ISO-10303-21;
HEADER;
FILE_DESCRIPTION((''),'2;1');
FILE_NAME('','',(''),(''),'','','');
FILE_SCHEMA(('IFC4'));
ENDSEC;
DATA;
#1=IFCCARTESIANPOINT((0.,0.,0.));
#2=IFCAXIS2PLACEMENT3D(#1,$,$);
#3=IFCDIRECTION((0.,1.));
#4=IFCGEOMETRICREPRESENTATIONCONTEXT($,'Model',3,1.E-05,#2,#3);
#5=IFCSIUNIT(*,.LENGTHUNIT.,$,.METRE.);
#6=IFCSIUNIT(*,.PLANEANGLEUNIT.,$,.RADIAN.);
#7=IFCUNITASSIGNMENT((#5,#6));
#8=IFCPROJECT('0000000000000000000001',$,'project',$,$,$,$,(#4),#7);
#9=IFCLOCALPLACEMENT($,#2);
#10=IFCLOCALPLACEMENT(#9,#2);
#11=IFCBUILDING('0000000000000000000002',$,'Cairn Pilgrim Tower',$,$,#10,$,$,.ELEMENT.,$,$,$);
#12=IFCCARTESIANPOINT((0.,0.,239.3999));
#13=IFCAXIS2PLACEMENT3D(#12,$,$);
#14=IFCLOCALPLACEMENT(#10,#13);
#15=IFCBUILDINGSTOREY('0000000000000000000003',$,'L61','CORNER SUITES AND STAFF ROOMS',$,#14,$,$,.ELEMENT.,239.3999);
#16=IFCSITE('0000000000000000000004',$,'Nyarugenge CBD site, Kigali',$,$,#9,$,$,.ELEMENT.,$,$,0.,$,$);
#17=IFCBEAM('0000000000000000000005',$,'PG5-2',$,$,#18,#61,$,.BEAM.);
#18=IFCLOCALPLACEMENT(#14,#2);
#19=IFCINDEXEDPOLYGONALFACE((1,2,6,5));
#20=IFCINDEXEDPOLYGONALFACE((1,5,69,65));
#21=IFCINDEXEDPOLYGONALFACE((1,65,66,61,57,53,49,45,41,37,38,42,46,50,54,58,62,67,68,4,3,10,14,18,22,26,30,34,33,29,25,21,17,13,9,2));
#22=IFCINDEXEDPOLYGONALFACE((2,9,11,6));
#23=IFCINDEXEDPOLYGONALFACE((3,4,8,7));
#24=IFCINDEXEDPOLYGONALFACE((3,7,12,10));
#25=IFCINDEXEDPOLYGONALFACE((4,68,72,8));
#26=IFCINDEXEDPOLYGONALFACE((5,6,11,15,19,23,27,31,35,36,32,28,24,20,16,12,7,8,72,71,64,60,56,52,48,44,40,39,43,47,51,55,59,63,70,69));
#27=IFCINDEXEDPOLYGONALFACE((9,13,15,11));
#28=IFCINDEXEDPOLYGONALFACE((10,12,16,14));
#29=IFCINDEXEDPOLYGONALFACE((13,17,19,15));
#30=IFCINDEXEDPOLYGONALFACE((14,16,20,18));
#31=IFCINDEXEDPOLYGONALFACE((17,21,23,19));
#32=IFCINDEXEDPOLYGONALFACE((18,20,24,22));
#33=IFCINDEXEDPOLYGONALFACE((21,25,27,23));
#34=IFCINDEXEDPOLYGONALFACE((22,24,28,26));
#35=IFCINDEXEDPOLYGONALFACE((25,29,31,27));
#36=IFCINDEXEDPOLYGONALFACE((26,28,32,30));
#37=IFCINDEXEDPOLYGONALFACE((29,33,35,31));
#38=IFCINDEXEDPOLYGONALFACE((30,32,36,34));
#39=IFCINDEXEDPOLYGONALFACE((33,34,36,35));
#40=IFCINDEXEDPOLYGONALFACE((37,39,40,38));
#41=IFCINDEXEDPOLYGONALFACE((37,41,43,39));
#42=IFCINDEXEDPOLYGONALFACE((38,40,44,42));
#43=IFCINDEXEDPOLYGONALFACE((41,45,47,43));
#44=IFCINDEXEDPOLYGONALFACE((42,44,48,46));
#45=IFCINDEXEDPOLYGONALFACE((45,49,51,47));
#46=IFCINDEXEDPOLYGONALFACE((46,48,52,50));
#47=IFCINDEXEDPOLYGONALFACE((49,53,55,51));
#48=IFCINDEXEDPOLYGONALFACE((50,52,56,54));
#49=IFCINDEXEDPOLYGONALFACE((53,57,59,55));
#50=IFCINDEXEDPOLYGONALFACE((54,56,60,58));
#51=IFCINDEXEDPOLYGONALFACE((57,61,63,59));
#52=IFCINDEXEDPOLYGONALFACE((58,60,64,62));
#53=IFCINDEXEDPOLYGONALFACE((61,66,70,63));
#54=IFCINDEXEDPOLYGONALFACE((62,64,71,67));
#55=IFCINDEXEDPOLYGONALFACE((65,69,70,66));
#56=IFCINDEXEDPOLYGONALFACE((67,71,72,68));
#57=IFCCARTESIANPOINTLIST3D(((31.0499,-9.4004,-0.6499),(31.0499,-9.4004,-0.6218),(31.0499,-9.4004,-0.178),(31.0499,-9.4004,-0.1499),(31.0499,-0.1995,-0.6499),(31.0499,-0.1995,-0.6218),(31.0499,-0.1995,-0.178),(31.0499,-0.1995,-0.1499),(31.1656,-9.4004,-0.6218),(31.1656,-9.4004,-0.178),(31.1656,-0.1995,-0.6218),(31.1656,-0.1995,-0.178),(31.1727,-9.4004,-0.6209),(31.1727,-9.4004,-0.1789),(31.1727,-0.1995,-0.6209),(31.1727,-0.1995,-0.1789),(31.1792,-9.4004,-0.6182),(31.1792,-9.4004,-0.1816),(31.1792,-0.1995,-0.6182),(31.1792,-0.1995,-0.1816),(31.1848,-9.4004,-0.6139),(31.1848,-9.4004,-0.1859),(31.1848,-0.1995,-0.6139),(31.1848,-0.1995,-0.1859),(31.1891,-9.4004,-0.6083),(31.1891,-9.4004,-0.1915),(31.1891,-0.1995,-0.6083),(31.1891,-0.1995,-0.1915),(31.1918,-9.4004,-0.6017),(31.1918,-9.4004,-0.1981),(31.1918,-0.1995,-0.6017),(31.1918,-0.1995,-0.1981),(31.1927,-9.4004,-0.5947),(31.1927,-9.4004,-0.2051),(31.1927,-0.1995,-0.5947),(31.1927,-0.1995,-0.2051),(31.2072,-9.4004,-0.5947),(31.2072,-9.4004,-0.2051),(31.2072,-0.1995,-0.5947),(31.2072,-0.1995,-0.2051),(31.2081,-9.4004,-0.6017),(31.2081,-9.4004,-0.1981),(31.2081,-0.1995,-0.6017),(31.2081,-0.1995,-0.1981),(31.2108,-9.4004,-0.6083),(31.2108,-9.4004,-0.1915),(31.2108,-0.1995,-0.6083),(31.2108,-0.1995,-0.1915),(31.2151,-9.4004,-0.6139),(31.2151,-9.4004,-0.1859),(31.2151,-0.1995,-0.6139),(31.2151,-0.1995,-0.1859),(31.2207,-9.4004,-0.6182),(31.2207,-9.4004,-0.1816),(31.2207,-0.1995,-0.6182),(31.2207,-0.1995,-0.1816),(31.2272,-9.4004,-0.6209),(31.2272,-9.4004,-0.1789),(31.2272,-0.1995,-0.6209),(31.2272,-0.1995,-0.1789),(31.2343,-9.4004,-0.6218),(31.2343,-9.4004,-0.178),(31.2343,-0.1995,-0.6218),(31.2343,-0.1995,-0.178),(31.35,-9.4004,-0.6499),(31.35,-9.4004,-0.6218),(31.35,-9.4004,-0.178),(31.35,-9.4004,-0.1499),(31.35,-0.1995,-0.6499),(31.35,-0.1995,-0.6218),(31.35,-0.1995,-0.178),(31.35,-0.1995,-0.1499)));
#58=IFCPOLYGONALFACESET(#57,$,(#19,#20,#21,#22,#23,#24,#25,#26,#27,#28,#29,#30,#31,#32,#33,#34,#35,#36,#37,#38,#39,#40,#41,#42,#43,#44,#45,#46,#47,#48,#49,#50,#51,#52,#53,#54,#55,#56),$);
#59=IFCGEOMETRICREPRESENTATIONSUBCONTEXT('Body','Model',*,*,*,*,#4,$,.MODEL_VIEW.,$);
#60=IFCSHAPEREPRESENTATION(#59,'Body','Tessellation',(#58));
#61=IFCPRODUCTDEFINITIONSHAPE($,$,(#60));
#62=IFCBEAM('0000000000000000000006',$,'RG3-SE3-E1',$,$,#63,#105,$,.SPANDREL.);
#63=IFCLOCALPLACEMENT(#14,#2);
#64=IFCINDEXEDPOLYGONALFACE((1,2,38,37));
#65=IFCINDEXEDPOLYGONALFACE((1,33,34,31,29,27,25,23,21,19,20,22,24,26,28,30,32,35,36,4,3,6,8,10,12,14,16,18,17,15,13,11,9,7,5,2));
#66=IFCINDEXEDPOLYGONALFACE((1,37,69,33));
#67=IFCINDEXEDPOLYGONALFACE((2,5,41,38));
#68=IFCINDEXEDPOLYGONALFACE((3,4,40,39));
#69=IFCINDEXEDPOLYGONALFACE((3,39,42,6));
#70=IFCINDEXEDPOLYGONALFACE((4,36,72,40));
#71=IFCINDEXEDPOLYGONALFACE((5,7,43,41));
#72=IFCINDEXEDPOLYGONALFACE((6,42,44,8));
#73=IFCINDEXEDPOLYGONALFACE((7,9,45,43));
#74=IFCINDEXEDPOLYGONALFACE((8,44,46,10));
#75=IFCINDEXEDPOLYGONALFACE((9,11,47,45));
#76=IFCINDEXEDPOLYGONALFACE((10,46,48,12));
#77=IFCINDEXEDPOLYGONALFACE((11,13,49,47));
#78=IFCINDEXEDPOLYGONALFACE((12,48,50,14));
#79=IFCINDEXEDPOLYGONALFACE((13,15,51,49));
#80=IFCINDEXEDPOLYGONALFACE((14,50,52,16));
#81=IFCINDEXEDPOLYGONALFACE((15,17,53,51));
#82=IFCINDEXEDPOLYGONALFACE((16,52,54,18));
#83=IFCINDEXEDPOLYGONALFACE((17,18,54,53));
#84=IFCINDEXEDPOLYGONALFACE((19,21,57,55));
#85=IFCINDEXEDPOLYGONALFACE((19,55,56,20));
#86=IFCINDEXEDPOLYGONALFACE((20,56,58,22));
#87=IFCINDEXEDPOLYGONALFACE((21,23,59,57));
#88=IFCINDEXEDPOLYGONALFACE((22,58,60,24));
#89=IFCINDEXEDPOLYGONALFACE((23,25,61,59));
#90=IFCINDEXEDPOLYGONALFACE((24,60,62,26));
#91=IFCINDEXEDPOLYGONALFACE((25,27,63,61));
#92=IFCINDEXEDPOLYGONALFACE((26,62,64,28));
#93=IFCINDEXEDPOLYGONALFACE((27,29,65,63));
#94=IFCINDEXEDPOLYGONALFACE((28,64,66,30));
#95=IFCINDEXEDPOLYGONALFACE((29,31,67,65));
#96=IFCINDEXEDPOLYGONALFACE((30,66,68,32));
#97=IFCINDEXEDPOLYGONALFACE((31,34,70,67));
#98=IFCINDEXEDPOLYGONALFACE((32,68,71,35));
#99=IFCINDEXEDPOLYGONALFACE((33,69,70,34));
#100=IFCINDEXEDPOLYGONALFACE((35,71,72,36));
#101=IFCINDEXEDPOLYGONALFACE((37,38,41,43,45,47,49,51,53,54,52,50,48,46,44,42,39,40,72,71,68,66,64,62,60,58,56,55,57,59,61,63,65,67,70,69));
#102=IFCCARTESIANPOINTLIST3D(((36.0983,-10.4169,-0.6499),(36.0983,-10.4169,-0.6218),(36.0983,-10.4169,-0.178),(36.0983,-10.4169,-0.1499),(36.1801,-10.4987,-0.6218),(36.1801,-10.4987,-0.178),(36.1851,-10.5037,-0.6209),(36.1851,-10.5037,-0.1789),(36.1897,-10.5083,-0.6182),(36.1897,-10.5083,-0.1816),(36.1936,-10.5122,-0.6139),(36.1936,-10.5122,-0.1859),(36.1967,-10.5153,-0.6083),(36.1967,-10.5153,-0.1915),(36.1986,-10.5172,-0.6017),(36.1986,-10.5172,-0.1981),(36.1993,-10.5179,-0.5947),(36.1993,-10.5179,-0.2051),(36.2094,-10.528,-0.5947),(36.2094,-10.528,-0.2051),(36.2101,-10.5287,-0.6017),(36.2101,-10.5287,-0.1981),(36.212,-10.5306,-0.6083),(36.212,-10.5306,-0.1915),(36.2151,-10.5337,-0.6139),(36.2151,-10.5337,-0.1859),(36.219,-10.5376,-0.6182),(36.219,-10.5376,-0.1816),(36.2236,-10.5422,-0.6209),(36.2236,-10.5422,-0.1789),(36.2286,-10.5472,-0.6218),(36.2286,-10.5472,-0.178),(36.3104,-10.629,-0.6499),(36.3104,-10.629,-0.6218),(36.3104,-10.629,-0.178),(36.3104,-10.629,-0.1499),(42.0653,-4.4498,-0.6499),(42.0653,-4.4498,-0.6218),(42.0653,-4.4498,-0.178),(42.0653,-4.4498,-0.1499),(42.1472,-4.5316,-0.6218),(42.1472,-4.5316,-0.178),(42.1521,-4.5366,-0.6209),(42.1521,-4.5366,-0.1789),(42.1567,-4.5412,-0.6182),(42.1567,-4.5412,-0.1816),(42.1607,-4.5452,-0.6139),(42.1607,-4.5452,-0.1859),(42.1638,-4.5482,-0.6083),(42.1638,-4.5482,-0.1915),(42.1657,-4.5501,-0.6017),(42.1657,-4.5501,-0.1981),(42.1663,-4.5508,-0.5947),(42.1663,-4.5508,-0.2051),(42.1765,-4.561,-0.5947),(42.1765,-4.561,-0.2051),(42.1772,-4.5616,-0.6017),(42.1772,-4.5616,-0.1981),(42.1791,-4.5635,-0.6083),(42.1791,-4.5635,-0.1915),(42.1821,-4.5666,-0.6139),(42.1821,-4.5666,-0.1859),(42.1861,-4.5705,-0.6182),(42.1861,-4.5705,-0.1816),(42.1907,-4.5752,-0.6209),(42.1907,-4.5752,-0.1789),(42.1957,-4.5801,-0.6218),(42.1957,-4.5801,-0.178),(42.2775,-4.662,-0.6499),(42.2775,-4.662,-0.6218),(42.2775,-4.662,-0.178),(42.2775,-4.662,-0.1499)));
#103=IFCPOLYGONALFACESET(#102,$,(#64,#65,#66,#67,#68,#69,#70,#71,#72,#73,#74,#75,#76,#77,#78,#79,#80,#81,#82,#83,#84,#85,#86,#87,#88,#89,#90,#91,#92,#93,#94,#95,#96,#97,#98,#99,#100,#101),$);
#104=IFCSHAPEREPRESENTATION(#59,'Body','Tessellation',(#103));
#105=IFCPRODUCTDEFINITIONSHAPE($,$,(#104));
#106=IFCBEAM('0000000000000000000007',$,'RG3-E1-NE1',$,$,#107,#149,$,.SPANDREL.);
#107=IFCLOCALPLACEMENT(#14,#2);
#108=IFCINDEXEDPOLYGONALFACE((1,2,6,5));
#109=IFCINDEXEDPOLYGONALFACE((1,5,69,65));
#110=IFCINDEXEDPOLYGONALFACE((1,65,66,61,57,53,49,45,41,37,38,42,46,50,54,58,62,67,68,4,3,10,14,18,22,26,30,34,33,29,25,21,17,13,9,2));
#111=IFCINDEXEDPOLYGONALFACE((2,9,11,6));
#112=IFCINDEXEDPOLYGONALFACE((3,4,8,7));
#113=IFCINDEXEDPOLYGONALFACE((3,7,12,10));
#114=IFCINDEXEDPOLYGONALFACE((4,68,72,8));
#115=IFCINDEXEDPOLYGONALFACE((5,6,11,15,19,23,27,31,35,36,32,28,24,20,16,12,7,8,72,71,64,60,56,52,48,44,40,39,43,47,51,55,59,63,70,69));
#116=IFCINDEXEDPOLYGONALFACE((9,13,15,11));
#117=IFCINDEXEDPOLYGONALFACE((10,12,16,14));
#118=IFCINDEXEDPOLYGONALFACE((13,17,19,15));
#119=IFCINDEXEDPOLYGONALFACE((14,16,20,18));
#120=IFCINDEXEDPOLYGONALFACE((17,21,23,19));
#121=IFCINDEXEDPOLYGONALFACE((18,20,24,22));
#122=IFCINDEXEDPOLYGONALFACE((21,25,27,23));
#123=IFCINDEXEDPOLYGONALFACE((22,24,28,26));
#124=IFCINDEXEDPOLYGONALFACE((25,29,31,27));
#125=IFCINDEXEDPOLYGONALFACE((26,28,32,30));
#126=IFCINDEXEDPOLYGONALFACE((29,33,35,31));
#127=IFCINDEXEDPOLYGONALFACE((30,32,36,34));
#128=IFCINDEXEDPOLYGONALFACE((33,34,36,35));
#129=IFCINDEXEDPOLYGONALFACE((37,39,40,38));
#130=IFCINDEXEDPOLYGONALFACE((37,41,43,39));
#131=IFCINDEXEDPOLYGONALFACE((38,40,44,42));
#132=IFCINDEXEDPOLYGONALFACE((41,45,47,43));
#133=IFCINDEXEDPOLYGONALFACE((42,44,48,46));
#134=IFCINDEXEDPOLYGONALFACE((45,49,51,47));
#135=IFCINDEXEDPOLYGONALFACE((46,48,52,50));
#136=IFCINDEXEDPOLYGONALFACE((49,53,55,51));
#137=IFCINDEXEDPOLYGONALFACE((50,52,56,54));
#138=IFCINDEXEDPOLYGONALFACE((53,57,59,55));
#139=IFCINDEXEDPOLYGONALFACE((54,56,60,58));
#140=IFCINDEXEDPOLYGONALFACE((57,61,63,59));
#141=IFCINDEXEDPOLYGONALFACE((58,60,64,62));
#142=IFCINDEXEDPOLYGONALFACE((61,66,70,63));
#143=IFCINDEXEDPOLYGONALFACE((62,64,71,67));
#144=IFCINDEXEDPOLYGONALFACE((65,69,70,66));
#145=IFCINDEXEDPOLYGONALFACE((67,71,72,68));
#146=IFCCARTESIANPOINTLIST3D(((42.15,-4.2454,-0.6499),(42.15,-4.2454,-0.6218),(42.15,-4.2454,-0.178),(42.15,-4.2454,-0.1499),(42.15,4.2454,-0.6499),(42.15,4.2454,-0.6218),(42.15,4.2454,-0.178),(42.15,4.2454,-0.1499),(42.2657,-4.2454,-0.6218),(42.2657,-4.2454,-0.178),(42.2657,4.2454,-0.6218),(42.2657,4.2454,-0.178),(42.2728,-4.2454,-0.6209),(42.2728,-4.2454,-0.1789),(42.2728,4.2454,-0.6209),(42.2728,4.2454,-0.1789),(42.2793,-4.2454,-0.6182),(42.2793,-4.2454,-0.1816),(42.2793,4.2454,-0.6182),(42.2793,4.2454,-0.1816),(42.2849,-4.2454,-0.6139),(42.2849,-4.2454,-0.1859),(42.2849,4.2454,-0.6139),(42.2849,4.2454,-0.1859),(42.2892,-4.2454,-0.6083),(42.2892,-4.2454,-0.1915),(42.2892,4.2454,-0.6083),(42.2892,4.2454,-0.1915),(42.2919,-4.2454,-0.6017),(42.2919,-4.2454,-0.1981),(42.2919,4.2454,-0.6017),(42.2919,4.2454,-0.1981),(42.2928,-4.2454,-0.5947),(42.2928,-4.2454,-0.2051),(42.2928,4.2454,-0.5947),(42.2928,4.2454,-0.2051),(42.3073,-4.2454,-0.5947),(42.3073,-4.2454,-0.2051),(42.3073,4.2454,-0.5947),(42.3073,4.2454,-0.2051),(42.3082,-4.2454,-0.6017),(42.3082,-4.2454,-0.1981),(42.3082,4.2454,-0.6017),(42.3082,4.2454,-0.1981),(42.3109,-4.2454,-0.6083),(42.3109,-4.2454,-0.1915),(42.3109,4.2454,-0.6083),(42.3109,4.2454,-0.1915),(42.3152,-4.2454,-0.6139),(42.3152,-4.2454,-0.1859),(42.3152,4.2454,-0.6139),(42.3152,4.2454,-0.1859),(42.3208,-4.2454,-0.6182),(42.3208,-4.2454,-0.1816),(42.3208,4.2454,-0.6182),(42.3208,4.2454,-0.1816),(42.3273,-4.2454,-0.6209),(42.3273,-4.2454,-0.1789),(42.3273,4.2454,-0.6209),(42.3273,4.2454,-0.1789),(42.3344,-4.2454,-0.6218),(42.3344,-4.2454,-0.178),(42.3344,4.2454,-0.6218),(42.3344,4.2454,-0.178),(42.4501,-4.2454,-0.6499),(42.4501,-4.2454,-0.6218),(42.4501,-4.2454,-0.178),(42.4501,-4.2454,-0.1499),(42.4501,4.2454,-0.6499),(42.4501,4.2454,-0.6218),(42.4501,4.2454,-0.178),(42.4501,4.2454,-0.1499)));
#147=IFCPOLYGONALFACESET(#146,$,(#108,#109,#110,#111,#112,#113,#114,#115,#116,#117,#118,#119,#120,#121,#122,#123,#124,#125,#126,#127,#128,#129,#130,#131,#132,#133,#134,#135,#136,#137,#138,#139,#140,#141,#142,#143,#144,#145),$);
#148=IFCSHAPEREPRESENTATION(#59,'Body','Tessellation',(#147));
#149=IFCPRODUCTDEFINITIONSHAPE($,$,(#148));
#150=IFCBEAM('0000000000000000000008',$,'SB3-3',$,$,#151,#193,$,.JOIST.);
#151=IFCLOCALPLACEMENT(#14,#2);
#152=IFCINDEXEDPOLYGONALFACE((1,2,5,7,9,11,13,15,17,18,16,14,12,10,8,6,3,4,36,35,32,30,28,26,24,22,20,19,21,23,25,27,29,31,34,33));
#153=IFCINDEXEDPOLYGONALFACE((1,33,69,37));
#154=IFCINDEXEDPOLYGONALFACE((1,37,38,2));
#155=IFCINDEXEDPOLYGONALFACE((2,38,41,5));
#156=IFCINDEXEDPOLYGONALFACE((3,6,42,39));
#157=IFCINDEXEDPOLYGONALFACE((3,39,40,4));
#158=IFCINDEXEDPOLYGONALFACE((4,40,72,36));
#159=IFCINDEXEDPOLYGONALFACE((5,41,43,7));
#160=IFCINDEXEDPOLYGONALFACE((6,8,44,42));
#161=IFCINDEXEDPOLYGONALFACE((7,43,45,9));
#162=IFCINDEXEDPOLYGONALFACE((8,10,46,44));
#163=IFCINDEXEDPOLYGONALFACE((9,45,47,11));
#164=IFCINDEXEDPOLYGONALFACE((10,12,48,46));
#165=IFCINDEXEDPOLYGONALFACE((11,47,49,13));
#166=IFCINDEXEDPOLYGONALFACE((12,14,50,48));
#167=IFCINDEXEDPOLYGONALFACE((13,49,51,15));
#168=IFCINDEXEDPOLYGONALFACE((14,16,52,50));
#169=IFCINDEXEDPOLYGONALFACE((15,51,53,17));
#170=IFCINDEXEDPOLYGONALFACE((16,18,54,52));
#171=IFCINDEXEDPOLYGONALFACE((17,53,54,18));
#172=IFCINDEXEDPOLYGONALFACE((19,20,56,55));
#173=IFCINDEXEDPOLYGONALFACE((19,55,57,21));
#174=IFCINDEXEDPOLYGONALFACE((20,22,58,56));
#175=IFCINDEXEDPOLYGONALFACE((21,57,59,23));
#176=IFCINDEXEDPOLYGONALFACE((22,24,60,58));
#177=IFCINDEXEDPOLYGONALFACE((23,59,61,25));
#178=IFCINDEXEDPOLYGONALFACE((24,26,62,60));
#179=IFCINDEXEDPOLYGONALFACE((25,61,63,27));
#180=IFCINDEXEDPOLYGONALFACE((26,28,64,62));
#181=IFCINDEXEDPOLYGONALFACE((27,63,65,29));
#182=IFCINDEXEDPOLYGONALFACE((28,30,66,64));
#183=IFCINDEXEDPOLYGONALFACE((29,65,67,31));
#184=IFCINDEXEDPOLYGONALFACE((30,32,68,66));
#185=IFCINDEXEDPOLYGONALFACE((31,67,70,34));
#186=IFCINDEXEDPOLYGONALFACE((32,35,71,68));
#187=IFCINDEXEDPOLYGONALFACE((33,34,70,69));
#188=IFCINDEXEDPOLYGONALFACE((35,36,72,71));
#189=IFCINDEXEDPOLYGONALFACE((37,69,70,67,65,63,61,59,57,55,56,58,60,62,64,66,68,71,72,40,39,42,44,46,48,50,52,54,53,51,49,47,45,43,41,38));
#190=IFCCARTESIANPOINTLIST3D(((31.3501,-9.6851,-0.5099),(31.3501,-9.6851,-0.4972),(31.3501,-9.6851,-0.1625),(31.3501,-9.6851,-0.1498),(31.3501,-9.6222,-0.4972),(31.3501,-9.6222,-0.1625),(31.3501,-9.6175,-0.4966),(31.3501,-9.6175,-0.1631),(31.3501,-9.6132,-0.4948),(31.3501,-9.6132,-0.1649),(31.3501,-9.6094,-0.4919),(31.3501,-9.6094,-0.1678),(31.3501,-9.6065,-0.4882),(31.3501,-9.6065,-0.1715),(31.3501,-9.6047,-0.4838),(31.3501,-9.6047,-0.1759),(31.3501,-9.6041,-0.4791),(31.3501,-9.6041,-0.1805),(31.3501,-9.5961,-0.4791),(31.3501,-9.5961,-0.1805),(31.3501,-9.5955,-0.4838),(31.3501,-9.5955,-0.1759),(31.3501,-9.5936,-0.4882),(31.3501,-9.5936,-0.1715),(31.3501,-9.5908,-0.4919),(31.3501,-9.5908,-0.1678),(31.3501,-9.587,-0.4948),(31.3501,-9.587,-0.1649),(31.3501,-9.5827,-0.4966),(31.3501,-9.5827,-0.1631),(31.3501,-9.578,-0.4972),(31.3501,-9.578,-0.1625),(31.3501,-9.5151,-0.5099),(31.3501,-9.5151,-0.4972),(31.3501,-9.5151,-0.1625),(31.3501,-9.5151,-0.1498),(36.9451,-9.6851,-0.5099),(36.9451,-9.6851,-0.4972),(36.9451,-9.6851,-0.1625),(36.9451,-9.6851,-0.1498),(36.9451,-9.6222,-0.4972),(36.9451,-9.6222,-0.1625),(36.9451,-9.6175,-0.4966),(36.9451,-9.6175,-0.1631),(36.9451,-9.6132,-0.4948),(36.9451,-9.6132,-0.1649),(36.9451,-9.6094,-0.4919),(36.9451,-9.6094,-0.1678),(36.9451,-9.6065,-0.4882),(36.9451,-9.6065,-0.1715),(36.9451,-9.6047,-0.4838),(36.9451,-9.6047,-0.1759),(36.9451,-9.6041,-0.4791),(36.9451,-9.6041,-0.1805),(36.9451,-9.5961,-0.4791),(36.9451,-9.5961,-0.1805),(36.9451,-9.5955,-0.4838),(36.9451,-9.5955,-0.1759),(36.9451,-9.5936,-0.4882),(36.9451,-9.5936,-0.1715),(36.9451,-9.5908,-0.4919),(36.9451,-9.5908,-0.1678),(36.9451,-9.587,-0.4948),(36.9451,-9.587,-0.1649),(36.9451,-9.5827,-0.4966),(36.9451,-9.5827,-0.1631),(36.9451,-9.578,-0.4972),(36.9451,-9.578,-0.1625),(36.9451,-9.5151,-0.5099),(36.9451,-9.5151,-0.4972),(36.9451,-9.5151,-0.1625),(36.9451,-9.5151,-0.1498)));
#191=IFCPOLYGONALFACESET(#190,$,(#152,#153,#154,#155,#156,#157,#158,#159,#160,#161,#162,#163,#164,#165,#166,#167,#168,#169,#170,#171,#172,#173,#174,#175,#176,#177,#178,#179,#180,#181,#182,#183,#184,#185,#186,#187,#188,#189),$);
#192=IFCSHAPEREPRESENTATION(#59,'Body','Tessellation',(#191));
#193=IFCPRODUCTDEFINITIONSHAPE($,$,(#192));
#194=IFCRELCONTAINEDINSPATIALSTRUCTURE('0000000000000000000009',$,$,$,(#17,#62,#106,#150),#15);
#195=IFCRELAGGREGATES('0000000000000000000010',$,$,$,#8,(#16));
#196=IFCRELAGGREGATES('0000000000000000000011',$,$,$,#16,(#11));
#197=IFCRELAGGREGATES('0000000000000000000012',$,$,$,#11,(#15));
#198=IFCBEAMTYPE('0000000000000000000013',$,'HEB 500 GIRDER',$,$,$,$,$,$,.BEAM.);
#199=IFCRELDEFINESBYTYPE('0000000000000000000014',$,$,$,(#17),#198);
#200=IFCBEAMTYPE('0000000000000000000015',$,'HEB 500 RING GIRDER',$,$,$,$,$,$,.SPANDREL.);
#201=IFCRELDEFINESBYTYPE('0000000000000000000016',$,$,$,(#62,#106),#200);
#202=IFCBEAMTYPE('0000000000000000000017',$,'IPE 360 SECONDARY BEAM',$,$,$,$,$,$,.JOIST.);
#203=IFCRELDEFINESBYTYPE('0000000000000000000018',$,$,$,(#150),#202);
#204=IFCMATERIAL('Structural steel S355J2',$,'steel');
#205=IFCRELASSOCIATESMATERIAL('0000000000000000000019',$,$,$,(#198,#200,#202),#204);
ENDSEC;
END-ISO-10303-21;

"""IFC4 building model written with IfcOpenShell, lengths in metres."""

from ifc_helpers import new_model, si_unit, direction, frame, origin, origin_2d, place, context, subcontext, project, spatial, i_section, extrude, material, material_profile, profile_set, type_object, element, save


model = new_model("IFC4")

# Units and contexts
model_context = context("Model", 3, precision=1e-05, world=origin(), true_north=direction((0.0, 1.0)))
body_context = subcontext(model_context, "Body", "Model", "MODEL_VIEW")
ifc_project = project(units=[si_unit("LENGTHUNIT", "METRE"), si_unit("PLANEANGLEUNIT", "RADIAN")], contexts=[model_context])

# Site, building, storey
site_placement = place(None, origin())
site = spatial("IfcSite", under=ifc_project, at=site_placement, Name="Nyarugenge CBD site, Kigali", CompositionType="ELEMENT", RefElevation=0.0)
building_placement = place(site_placement, origin())
building = spatial("IfcBuilding", under=site, at=building_placement, Name="Cairn Pilgrim Tower", CompositionType="ELEMENT")
storey_placement = place(building_placement, frame((0.0, 0.0, 239.3999)))
storey = spatial("IfcBuildingStorey", under=building, at=storey_placement, Name="L61", Description="CORNER SUITES AND STAFF ROOMS", CompositionType="ELEMENT", Elevation=239.3999)

# Shared definitions
ifc_material_1 = material(Name="Structural steel S355J2", Category="steel")

# Beams
ifc_material_profile_1 = material_profile(ifc_material_1, i_section(OverallWidth=0.3, OverallDepth=0.5, WebThickness=0.0144, FlangeThickness=0.0281, FilletRadius=0.0271, at=origin_2d()), Name="HEB 500")
ifc_profile_set_1 = profile_set([ifc_material_profile_1], Name="Structural steel S355J2")
beam_type_1 = type_object("IfcBeamType", Name="HEB 500 GIRDER", PredefinedType="BEAM", material=ifc_profile_set_1)
beam_1_placement = place(storey_placement, frame((31.2, -9.4004, -0.3999), z_axis=(0.0, 1.0, 0.0), x_axis=(-1.0, 0.0, 0.0)))
element("IfcBeam", 1, at=beam_1_placement, inside=storey, type_object=beam_type_1, Name="PG5-2", PredefinedType="BEAM", context=body_context, shape_type="SweptSolid", body=[
    extrude(i_section(OverallWidth=0.3, OverallDepth=0.5, WebThickness=0.0144, FlangeThickness=0.0281, FilletRadius=0.0271, at=origin_2d()), origin(), (0.0, 0.0, 1.0), 9.2009),
])
ifc_material_profile_2 = material_profile(ifc_material_1, i_section(OverallWidth=0.3, OverallDepth=0.5, WebThickness=0.0144, FlangeThickness=0.0281, FilletRadius=0.0271, at=origin_2d()), Name="HEB 500")
ifc_profile_set_2 = profile_set([ifc_material_profile_2], Name="Structural steel S355J2")
beam_type_2 = type_object("IfcBeamType", Name="HEB 500 RING GIRDER", PredefinedType="SPANDREL", material=ifc_profile_set_2)
beam_2_placement = place(storey_placement, frame((36.2043, -10.5229, -0.3999), z_axis=(0.707107, 0.707107, 0.0), x_axis=(-0.707107, 0.707107, 0.0)))
element("IfcBeam", 2, at=beam_2_placement, inside=storey, type_object=beam_type_2, Name="RG3-SE3-E1", PredefinedType="SPANDREL", context=body_context, shape_type="SweptSolid", body=[
    extrude(i_section(OverallWidth=0.3, OverallDepth=0.5, WebThickness=0.0144, FlangeThickness=0.0281, FilletRadius=0.0271, at=origin_2d()), origin(), (0.0, 0.0, 1.0), 8.4387),
])
beam_3_placement = place(storey_placement, frame((42.3, -4.2454, -0.3999), z_axis=(0.0, 1.0, 0.0), x_axis=(-1.0, 0.0, 0.0)))
element("IfcBeam", 3, at=beam_3_placement, inside=storey, type_object=beam_type_2, Name="RG3-E1-NE1", PredefinedType="SPANDREL", context=body_context, shape_type="SweptSolid", body=[
    extrude(i_section(OverallWidth=0.3, OverallDepth=0.5, WebThickness=0.0144, FlangeThickness=0.0281, FilletRadius=0.0271, at=origin_2d()), origin(), (0.0, 0.0, 1.0), 8.4907),
])
ifc_material_profile_3 = material_profile(ifc_material_1, i_section(OverallWidth=0.1699, OverallDepth=0.3601, WebThickness=0.0081, FlangeThickness=0.0127, FilletRadius=0.0181, at=origin_2d()), Name="IPE 360")
ifc_profile_set_3 = profile_set([ifc_material_profile_3], Name="Structural steel S355J2")
beam_type_3 = type_object("IfcBeamType", Name="IPE 360 SECONDARY BEAM", PredefinedType="JOIST", material=ifc_profile_set_3)
beam_4_placement = place(storey_placement, frame((31.3501, -9.6001, -0.3298), z_axis=(1.0, 0.0, 0.0), x_axis=(0.0, 1.0, 0.0)))
element("IfcBeam", 4, at=beam_4_placement, inside=storey, type_object=beam_type_3, Name="SB3-3", PredefinedType="JOIST", context=body_context, shape_type="SweptSolid", body=[
    extrude(i_section(OverallWidth=0.1699, OverallDepth=0.3601, WebThickness=0.0081, FlangeThickness=0.0127, FilletRadius=0.0181, at=origin_2d()), origin(), (0.0, 0.0, 1.0), 5.595),
])

save(model, "model.ifc")
